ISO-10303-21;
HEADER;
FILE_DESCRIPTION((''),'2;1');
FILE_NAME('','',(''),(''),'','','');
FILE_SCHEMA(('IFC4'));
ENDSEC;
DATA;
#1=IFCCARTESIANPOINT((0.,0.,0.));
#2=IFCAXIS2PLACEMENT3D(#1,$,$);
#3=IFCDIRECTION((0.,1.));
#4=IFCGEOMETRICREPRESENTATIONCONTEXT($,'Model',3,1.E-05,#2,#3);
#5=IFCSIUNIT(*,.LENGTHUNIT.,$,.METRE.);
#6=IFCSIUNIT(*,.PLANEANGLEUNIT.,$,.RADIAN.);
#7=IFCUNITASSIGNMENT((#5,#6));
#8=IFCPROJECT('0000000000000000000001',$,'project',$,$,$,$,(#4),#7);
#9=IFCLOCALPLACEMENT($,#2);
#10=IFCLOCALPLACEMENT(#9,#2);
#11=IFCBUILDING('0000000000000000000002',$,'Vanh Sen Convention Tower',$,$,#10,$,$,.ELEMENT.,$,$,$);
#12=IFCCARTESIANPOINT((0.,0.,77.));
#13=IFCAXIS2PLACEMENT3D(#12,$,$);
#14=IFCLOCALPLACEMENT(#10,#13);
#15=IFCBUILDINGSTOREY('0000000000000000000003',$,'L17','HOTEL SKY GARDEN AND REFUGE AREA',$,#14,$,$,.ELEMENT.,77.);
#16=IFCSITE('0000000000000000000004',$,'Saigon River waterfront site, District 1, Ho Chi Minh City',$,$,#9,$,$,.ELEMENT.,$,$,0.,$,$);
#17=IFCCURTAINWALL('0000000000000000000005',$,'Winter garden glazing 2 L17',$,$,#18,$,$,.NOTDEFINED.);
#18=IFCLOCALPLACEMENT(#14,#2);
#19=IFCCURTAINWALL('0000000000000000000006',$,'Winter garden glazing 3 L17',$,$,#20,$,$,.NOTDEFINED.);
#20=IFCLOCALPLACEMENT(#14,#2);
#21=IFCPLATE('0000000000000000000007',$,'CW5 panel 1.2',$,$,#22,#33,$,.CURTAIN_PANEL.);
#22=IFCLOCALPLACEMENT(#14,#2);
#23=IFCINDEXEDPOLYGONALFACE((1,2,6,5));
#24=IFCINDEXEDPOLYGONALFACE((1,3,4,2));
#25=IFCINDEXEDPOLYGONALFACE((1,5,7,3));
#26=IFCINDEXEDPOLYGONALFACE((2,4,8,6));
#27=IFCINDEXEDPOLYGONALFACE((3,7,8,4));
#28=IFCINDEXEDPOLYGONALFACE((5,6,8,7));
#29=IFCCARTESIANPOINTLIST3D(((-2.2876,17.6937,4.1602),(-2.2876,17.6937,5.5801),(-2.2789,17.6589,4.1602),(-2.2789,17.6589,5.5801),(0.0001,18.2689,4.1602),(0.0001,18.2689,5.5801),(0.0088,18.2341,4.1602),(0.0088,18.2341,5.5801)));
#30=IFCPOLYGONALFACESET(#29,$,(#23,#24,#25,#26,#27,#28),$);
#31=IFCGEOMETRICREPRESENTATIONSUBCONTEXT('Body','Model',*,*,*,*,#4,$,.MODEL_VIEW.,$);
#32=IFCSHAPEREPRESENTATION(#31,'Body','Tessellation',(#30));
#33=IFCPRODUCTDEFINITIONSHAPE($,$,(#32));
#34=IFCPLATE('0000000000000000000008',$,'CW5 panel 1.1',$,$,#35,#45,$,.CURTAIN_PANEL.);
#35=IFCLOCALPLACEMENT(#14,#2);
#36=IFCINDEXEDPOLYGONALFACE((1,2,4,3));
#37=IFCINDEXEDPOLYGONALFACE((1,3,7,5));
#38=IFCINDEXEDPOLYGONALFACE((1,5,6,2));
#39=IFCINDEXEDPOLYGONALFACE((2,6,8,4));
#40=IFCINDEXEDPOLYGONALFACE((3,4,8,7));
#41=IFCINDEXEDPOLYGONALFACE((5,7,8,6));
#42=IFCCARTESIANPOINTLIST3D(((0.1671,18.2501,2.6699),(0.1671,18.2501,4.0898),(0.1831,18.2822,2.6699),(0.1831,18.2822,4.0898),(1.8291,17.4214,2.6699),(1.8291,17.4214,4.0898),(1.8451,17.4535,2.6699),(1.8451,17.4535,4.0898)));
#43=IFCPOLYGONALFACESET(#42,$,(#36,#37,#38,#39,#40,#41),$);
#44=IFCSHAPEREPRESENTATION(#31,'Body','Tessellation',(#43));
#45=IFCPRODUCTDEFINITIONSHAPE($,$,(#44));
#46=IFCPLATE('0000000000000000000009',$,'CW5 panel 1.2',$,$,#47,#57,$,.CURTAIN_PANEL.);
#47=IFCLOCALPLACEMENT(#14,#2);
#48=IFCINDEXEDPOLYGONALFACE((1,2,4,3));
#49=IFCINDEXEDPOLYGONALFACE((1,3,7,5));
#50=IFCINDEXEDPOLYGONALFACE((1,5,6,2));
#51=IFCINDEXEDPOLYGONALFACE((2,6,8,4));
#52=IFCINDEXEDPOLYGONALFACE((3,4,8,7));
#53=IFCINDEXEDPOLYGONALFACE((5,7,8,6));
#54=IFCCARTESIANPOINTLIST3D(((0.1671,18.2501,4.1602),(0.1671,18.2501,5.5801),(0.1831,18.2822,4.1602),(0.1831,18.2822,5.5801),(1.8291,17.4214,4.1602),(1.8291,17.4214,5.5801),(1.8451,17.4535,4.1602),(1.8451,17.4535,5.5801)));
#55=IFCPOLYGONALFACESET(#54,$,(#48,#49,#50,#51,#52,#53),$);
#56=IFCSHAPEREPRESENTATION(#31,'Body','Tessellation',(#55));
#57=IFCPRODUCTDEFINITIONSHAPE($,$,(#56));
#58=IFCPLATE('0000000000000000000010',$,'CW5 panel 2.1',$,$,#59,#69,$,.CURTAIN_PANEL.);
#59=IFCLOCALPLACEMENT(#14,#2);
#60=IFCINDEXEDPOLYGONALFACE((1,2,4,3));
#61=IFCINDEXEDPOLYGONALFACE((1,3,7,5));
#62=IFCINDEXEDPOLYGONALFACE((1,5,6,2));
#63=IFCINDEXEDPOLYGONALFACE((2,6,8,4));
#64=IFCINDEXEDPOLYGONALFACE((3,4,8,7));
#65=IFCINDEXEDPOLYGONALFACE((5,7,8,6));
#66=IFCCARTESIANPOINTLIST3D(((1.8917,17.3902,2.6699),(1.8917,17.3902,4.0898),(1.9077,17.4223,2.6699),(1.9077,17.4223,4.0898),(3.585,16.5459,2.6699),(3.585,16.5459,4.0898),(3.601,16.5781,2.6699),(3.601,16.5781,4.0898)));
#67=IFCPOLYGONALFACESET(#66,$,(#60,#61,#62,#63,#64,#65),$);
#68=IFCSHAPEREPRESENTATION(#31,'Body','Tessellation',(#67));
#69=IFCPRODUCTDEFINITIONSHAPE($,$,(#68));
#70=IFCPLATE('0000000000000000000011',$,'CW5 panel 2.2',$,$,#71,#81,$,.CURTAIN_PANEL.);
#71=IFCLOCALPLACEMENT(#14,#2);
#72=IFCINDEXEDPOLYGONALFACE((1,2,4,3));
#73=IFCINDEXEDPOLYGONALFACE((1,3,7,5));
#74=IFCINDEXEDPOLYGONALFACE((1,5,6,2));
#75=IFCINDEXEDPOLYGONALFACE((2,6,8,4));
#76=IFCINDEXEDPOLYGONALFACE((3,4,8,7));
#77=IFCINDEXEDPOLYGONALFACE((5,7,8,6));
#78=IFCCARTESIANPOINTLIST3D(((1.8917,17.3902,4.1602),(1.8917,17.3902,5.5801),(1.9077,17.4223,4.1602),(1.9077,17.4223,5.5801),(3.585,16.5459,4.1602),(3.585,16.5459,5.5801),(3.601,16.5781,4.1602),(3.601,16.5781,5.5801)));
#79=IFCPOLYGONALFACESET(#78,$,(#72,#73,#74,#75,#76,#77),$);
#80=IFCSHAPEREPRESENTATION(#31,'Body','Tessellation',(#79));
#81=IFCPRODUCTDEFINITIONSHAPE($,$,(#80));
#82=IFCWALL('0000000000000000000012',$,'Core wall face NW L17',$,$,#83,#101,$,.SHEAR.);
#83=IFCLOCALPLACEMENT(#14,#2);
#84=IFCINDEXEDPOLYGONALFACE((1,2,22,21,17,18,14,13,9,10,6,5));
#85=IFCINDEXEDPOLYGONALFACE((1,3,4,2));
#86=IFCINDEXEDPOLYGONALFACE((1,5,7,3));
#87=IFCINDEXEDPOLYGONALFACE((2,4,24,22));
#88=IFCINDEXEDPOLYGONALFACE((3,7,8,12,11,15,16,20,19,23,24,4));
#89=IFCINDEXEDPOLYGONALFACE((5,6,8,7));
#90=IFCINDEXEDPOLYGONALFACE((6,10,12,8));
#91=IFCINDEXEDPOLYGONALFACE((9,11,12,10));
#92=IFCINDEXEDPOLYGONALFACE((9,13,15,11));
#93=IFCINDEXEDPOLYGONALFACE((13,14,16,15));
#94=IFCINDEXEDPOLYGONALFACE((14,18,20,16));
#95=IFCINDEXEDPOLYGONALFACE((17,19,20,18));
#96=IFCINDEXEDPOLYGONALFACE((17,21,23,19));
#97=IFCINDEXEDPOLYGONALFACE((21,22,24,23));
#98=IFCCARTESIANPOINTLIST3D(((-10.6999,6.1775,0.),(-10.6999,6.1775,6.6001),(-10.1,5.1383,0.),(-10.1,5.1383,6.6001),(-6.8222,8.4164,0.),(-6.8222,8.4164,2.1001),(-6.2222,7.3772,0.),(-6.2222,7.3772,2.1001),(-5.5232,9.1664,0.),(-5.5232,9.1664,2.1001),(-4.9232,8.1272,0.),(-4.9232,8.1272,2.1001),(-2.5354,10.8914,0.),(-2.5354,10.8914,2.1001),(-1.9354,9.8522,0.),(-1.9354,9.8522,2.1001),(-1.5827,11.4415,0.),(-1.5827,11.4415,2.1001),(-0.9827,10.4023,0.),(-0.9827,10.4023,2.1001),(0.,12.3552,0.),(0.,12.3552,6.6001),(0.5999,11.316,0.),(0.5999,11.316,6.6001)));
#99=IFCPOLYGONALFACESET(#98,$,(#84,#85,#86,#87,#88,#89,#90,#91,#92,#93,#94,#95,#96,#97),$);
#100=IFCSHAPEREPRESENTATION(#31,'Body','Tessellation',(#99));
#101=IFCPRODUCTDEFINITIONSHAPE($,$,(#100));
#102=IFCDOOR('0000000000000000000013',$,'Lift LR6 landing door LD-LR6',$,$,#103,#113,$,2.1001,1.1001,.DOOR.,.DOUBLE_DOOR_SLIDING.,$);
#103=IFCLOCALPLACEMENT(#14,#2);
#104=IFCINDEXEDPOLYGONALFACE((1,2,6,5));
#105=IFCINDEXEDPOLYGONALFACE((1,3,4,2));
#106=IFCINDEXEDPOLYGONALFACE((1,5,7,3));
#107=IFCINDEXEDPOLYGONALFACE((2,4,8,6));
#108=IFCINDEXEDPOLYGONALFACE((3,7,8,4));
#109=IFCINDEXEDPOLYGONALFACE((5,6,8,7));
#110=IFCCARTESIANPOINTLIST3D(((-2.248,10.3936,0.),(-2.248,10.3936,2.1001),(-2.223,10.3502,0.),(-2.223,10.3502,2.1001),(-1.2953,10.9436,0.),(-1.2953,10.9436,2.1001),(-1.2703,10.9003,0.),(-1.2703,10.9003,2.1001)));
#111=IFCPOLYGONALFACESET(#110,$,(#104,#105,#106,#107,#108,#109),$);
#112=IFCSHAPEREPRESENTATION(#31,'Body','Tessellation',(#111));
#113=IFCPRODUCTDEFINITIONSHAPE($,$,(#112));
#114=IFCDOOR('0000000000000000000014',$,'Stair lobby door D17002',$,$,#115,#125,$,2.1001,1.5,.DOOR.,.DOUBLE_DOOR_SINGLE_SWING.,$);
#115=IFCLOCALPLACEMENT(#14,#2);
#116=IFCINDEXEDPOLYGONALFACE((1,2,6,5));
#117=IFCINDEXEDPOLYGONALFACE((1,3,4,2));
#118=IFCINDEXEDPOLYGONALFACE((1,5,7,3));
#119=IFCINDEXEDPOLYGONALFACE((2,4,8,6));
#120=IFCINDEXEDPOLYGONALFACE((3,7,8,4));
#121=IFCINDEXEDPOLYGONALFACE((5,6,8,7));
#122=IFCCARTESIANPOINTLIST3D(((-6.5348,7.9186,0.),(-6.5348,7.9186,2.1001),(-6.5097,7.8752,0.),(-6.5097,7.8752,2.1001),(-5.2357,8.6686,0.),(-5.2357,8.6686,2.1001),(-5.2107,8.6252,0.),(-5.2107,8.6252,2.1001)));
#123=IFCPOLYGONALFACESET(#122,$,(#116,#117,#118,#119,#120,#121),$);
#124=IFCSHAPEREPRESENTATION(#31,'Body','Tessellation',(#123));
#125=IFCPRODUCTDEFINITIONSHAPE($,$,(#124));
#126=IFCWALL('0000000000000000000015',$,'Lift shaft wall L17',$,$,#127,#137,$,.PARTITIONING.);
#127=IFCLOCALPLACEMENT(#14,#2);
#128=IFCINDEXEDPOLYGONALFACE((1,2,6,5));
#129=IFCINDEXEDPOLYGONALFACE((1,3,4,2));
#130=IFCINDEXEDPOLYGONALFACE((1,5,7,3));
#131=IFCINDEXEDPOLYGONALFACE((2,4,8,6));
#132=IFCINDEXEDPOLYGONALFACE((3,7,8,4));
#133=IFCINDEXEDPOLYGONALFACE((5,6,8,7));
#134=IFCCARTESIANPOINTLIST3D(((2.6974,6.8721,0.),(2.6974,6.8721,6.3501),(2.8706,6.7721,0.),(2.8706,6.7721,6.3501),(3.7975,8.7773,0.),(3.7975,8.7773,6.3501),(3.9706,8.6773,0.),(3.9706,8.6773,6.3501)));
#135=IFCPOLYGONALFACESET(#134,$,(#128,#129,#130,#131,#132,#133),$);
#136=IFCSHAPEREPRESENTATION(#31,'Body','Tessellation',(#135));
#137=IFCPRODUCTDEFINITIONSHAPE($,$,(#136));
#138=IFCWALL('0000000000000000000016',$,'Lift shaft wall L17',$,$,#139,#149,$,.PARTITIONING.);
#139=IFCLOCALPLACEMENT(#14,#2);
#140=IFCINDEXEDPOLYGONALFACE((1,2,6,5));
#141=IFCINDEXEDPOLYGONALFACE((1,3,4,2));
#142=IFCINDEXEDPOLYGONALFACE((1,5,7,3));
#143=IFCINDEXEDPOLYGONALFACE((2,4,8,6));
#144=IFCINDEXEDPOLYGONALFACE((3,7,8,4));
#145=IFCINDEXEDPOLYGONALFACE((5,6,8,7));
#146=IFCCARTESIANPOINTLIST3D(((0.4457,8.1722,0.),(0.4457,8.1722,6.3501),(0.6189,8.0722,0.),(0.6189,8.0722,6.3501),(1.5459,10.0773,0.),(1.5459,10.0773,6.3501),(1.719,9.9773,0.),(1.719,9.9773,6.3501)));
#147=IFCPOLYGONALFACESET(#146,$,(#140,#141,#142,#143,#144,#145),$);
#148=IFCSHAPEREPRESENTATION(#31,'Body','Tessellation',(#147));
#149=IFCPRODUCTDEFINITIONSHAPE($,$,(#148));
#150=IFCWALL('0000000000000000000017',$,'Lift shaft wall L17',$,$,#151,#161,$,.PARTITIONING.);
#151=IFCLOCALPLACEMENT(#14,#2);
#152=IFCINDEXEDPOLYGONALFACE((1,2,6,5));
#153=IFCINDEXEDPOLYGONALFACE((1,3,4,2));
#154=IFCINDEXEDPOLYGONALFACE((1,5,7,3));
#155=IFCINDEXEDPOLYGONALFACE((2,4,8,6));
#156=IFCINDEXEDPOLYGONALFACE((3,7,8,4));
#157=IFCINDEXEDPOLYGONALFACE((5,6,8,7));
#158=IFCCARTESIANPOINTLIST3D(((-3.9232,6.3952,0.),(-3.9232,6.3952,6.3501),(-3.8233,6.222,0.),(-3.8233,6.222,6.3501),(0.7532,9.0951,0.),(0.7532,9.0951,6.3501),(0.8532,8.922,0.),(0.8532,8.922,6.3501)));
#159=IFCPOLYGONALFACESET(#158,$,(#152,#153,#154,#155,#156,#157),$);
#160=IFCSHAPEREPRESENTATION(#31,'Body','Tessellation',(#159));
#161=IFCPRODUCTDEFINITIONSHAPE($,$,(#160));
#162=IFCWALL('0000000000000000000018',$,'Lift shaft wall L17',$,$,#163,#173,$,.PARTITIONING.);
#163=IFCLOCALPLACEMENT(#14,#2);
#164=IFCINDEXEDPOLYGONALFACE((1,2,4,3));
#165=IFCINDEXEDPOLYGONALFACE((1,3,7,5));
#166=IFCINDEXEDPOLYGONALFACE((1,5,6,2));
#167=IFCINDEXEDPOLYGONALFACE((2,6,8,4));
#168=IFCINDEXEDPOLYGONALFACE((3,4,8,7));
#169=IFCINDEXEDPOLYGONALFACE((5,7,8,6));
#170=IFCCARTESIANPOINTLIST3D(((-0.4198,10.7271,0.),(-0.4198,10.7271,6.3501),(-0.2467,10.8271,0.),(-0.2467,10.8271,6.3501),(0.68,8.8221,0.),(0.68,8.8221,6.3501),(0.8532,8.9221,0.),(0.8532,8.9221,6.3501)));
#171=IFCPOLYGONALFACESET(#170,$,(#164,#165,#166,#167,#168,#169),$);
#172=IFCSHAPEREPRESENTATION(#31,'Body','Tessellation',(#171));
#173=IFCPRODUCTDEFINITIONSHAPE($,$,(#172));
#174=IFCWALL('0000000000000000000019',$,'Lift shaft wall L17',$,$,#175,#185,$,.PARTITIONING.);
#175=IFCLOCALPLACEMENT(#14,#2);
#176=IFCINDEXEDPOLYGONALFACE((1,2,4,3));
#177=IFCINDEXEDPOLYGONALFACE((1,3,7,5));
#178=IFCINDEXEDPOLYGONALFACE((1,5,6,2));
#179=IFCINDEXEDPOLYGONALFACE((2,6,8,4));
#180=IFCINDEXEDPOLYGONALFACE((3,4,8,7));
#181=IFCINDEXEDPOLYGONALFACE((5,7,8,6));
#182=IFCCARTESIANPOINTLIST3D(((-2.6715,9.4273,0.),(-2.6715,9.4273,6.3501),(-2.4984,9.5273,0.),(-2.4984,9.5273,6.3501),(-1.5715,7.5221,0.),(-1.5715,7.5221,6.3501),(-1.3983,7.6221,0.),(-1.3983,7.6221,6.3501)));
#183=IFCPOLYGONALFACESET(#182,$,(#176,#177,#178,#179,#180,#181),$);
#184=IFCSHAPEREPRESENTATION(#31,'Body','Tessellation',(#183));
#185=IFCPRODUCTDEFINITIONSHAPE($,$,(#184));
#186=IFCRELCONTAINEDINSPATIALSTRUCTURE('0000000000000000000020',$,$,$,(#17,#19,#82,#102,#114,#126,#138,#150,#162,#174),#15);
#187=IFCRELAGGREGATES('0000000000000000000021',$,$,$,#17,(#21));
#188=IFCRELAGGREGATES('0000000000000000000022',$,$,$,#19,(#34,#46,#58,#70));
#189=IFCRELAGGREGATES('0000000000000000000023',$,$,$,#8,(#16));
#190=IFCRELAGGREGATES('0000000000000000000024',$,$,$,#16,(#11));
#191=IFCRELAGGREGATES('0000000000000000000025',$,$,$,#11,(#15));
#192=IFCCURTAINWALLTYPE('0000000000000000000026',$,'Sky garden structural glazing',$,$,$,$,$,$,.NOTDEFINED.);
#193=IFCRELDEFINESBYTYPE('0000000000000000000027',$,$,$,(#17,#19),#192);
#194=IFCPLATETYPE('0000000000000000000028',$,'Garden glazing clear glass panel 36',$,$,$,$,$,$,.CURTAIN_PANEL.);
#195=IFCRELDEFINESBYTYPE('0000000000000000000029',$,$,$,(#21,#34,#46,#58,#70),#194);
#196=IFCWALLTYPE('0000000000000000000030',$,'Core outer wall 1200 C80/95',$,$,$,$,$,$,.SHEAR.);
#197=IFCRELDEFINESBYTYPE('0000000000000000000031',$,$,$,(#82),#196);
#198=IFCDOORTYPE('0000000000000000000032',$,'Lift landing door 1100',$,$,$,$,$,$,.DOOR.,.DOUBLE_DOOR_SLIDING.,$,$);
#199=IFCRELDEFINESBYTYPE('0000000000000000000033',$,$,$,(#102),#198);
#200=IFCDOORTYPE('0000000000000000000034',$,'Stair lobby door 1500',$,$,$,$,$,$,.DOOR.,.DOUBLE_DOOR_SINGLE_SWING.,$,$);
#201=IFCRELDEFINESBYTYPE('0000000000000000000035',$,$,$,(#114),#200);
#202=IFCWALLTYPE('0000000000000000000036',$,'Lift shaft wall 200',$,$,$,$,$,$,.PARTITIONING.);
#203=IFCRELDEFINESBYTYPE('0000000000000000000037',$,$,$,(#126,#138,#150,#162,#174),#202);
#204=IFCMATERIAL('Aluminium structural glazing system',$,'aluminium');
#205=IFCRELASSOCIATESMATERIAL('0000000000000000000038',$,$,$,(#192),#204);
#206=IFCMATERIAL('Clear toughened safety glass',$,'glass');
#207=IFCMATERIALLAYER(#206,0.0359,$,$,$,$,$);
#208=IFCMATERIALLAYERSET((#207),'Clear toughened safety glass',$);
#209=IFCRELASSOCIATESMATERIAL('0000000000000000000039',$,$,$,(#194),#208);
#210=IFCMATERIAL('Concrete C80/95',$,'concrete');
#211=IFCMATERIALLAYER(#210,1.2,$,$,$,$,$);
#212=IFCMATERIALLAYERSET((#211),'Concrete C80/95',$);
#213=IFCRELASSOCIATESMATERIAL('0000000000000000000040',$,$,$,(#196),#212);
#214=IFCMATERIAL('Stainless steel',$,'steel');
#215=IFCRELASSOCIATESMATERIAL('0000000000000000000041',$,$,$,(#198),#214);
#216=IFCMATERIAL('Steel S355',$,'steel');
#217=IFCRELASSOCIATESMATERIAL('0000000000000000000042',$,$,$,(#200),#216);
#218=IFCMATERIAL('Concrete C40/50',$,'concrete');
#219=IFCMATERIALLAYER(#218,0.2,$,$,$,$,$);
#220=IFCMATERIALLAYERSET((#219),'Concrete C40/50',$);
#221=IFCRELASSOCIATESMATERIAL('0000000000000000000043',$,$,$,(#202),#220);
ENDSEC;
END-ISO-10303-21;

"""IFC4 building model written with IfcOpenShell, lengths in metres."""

from ifc_helpers import new_model, si_unit, direction, frame, frame_2d, origin, origin_2d, place, context, subcontext, project, spatial, rectangle, extrude, material, layer, layer_set, type_object, element, fill, aggregate, save


model = new_model("IFC4")

# Units and contexts
model_context = context("Model", 3, precision=1e-05, world=origin(), true_north=direction((0.0, 1.0)))
body_context = subcontext(model_context, "Body", "Model", "MODEL_VIEW")
ifc_project = project(units=[si_unit("LENGTHUNIT", "METRE"), si_unit("PLANEANGLEUNIT", "RADIAN")], contexts=[model_context])

# Site, building, storey
site_placement = place(None, origin())
site = spatial("IfcSite", under=ifc_project, at=site_placement, Name="Saigon River waterfront site, District 1, Ho Chi Minh City", CompositionType="ELEMENT", RefElevation=0.0)
building_placement = place(site_placement, origin())
building = spatial("IfcBuilding", under=site, at=building_placement, Name="Vanh Sen Convention Tower", CompositionType="ELEMENT")
storey_placement = place(building_placement, frame((0.0, 0.0, 77.0)))
storey = spatial("IfcBuildingStorey", under=building, at=storey_placement, Name="L17", Description="HOTEL SKY GARDEN AND REFUGE AREA", CompositionType="ELEMENT", Elevation=77.0)

# Shared definitions
ifc_material_1 = material(Name="Aluminium structural glazing system", Category="aluminium")
curtain_wall_type = type_object("IfcCurtainWallType", Name="Sky garden structural glazing", PredefinedType="NOTDEFINED", material=ifc_material_1)

# Curtain walls
curtain_wall_1_placement = place(storey_placement, origin())
curtain_wall_1 = element("IfcCurtainWall", 1, at=curtain_wall_1_placement, inside=storey, type_object=curtain_wall_type, Name="Winter garden glazing 2 L17", PredefinedType="NOTDEFINED")
curtain_wall_2_placement = place(storey_placement, origin())
curtain_wall_2 = element("IfcCurtainWall", 2, at=curtain_wall_2_placement, inside=storey, type_object=curtain_wall_type, Name="Winter garden glazing 3 L17", PredefinedType="NOTDEFINED")

# Plates
ifc_material_2 = material(Name="Clear toughened safety glass", Category="glass")
ifc_layer_1 = layer(ifc_material_2, 0.0359)
ifc_layer_set_1 = layer_set([ifc_layer_1], Name="Clear toughened safety glass")
plate_type = type_object("IfcPlateType", Name="Garden glazing clear glass panel 36", PredefinedType="CURTAIN_PANEL", material=ifc_layer_set_1)
plate_1_placement = place(storey_placement, frame((-1.1394, 17.9639, 4.1602), z_axis=(0.0, 0.0, 1.0), x_axis=(0.969817, 0.243835, 0.0)))
plate_1 = element("IfcPlate", 3, at=plate_1_placement, type_object=plate_type, Name="CW5 panel 1.2", PredefinedType="CURTAIN_PANEL", context=body_context, shape_type="SweptSolid", body=[
    extrude(rectangle(XDim=2.3589, YDim=0.0359, at=origin_2d()), origin(), (0.0, 0.0, 1.0), 1.4199),
])
aggregate(curtain_wall_1, [plate_1])
plate_2_placement = place(storey_placement, frame((1.0061, 17.8518, 2.6699), z_axis=(0.0, 0.0, 1.0), x_axis=(0.894932, -0.446203, 0.0)))
plate_2 = element("IfcPlate", 4, at=plate_2_placement, type_object=plate_type, Name="CW5 panel 1.1", PredefinedType="CURTAIN_PANEL", context=body_context, shape_type="SweptSolid", body=[
    extrude(rectangle(XDim=1.8572, YDim=0.0359, at=origin_2d()), origin(), (0.0, 0.0, 1.0), 1.4199),
])
plate_3_placement = place(storey_placement, frame((1.0061, 17.8518, 4.1602), z_axis=(0.0, 0.0, 1.0), x_axis=(0.894932, -0.446203, 0.0)))
plate_3 = element("IfcPlate", 5, at=plate_3_placement, type_object=plate_type, Name="CW5 panel 1.2", PredefinedType="CURTAIN_PANEL", context=body_context, shape_type="SweptSolid", body=[
    extrude(rectangle(XDim=1.8572, YDim=0.0359, at=origin_2d()), origin(), (0.0, 0.0, 1.0), 1.4199),
])
plate_4_placement = place(storey_placement, frame((2.7463, 16.9841, 2.6699), z_axis=(0.0, 0.0, 1.0), x_axis=(0.894932, -0.446203, 0.0)))
plate_4 = element("IfcPlate", 6, at=plate_4_placement, type_object=plate_type, Name="CW5 panel 2.1", PredefinedType="CURTAIN_PANEL", context=body_context, shape_type="SweptSolid", body=[
    extrude(rectangle(XDim=1.8921, YDim=0.0359, at=origin_2d()), origin(), (0.0, 0.0, 1.0), 1.4199),
])
plate_5_placement = place(storey_placement, frame((2.7463, 16.9841, 4.1602), z_axis=(0.0, 0.0, 1.0), x_axis=(0.894932, -0.446203, 0.0)))
plate_5 = element("IfcPlate", 7, at=plate_5_placement, type_object=plate_type, Name="CW5 panel 2.2", PredefinedType="CURTAIN_PANEL", context=body_context, shape_type="SweptSolid", body=[
    extrude(rectangle(XDim=1.8921, YDim=0.0359, at=origin_2d()), origin(), (0.0, 0.0, 1.0), 1.4199),
])
aggregate(curtain_wall_2, [plate_2, plate_3, plate_4, plate_5])

# Wall, openings, doors
ifc_material_3 = material(Name="Concrete C80/95", Category="concrete")
ifc_layer_2 = layer(ifc_material_3, 1.2)
ifc_layer_set_2 = layer_set([ifc_layer_2], Name="Concrete C80/95")
wall_type_1 = type_object("IfcWallType", Name="Core outer wall 1200 C80/95", PredefinedType="SHEAR", material=ifc_layer_set_2)
wall_1_placement = place(storey_placement, frame((0.3, 11.8357, 0.0), z_axis=(0.0, 0.0, 1.0), x_axis=(-0.866021, -0.500007, 0.0)))
wall_1 = element("IfcWall", 8, at=wall_1_placement, inside=storey, type_object=wall_type_1, Name="Core wall face NW L17", PredefinedType="SHEAR", context=body_context, shape_type="SweptSolid", body=[
    extrude(rectangle(XDim=12.3552, YDim=1.2, at=frame_2d((6.1777, 0.0))), origin(), (0.0, 0.0, 1.0), 6.6001),
])
opening_1_placement = place(wall_1_placement, frame((6.3777, 0.0, 0.0)))
opening_1 = element("IfcOpeningElement", 9, at=opening_1_placement, cuts=wall_1, PredefinedType="OPENING", context=body_context, shape_type="SweptSolid", body=[
    extrude(rectangle(XDim=1.5, YDim=2.1001, at=frame_2d((0.75, 1.05))), frame((0.0, 0.6099, 0.0), z_axis=(0.0, -1.0, 0.0), x_axis=(1.0, 0.0, 0.0)), (0.0, 0.0, 1.0), 1.22),
])
opening_2_placement = place(wall_1_placement, frame((1.8276, 0.0, 0.0)))
opening_2 = element("IfcOpeningElement", 10, at=opening_2_placement, cuts=wall_1, PredefinedType="OPENING", context=body_context, shape_type="SweptSolid", body=[
    extrude(rectangle(XDim=1.1001, YDim=2.1001, at=frame_2d((0.55, 1.05))), frame((0.0, 0.6099, 0.0), z_axis=(0.0, -1.0, 0.0), x_axis=(1.0, 0.0, 0.0)), (0.0, 0.0, 1.0), 1.22),
])
ifc_material_4 = material(Name="Stainless steel", Category="steel")
door_type_1 = type_object("IfcDoorType", Name="Lift landing door 1100", OperationType="DOUBLE_DOOR_SLIDING", PredefinedType="DOOR", material=ifc_material_4)
door_1_placement = place(opening_2_placement, origin())
door_1 = element("IfcDoor", 11, at=door_1_placement, inside=storey, type_object=door_type_1, Name="Lift LR6 landing door LD-LR6", OperationType="DOUBLE_DOOR_SLIDING", OverallHeight=2.1001, OverallWidth=1.1001, PredefinedType="DOOR", context=body_context, shape_type="SweptSolid", body=[
    extrude(rectangle(XDim=1.1001, YDim=2.1001, at=frame_2d((0.55, 1.05))), frame((0.0, 0.0249, 0.0), z_axis=(0.0, -1.0, 0.0), x_axis=(1.0, 0.0, 0.0)), (0.0, 0.0, 1.0), 0.05),
])
fill(opening_2, door_1)
ifc_material_5 = material(Name="Steel S355", Category="steel")
door_type_2 = type_object("IfcDoorType", Name="Stair lobby door 1500", OperationType="DOUBLE_DOOR_SINGLE_SWING", PredefinedType="DOOR", material=ifc_material_5)
door_2_placement = place(opening_1_placement, origin())
door_2 = element("IfcDoor", 12, at=door_2_placement, inside=storey, type_object=door_type_2, Name="Stair lobby door D17002", OperationType="DOUBLE_DOOR_SINGLE_SWING", OverallHeight=2.1001, OverallWidth=1.5, PredefinedType="DOOR", context=body_context, shape_type="SweptSolid", body=[
    extrude(rectangle(XDim=1.5, YDim=2.1001, at=frame_2d((0.75, 1.05))), frame((0.0, 0.0249, 0.0), z_axis=(0.0, -1.0, 0.0), x_axis=(1.0, 0.0, 0.0)), (0.0, 0.0, 1.0), 0.05),
])
fill(opening_1, door_2)

# Walls
ifc_material_6 = material(Name="Concrete C40/50", Category="concrete")
ifc_layer_3 = layer(ifc_material_6, 0.2)
ifc_layer_set_3 = layer_set([ifc_layer_3], Name="Concrete C40/50")
wall_type_2 = type_object("IfcWallType", Name="Lift shaft wall 200", PredefinedType="PARTITIONING", material=ifc_layer_set_3)
for number, where, z_axis, x_axis, name in (
    (13, (2.7839, 6.822, 0.0), (0.0, 0.0, 1.0), (0.50003, 0.866008, 0.0), "Lift shaft wall L17"),
    (14, (0.5322, 8.1221, 0.0), (0.0, 0.0, 1.0), (0.500078, 0.86598, 0.0), "Lift shaft wall L17"),
):
    element("IfcWall", number, at=place(storey_placement, frame(where, z_axis=z_axis, x_axis=x_axis)), inside=storey, type_object=wall_type_2, Name=name, PredefinedType="PARTITIONING", context=body_context, shape_type="SweptSolid", body=[
        extrude(rectangle(XDim=2.2, YDim=0.2, at=frame_2d((1.1001, 0.0))), origin(), (0.0, 0.0, 1.0), 6.3501),
    ])
wall_2_placement = place(storey_placement, frame((0.8032, 9.0085, 0.0), z_axis=(0.0, 0.0, 1.0), x_axis=(-0.866028, -0.499995, 0.0)))
element("IfcWall", 15, at=wall_2_placement, inside=storey, type_object=wall_type_2, Name="Lift shaft wall L17", PredefinedType="PARTITIONING", context=body_context, shape_type="SweptSolid", body=[
    extrude(rectangle(XDim=5.3999, YDim=0.2, at=frame_2d((2.7, 0.0))), origin(), (0.0, 0.0, 1.0), 6.3501),
])
wall_3_placement = place(storey_placement, frame((0.7666, 8.8721, 0.0), z_axis=(0.0, 0.0, 1.0), x_axis=(-0.499995, 0.866028, 0.0)))
element("IfcWall", 16, at=wall_3_placement, inside=storey, type_object=wall_type_2, Name="Lift shaft wall L17", PredefinedType="PARTITIONING", context=body_context, shape_type="SweptSolid", body=[
    extrude(rectangle(XDim=2.1997, YDim=0.2, at=frame_2d((1.0999, 0.0))), origin(), (0.0, 0.0, 1.0), 6.3501),
])
wall_4_placement = place(storey_placement, frame((-1.4849, 7.572, 0.0), z_axis=(0.0, 0.0, 1.0), x_axis=(-0.50003, 0.866008, 0.0)))
element("IfcWall", 17, at=wall_4_placement, inside=storey, type_object=wall_type_2, Name="Lift shaft wall L17", PredefinedType="PARTITIONING", context=body_context, shape_type="SweptSolid", body=[
    extrude(rectangle(XDim=2.2, YDim=0.2, at=frame_2d((1.1001, 0.0))), origin(), (0.0, 0.0, 1.0), 6.3501),
])

save(model, "model.ifc")
